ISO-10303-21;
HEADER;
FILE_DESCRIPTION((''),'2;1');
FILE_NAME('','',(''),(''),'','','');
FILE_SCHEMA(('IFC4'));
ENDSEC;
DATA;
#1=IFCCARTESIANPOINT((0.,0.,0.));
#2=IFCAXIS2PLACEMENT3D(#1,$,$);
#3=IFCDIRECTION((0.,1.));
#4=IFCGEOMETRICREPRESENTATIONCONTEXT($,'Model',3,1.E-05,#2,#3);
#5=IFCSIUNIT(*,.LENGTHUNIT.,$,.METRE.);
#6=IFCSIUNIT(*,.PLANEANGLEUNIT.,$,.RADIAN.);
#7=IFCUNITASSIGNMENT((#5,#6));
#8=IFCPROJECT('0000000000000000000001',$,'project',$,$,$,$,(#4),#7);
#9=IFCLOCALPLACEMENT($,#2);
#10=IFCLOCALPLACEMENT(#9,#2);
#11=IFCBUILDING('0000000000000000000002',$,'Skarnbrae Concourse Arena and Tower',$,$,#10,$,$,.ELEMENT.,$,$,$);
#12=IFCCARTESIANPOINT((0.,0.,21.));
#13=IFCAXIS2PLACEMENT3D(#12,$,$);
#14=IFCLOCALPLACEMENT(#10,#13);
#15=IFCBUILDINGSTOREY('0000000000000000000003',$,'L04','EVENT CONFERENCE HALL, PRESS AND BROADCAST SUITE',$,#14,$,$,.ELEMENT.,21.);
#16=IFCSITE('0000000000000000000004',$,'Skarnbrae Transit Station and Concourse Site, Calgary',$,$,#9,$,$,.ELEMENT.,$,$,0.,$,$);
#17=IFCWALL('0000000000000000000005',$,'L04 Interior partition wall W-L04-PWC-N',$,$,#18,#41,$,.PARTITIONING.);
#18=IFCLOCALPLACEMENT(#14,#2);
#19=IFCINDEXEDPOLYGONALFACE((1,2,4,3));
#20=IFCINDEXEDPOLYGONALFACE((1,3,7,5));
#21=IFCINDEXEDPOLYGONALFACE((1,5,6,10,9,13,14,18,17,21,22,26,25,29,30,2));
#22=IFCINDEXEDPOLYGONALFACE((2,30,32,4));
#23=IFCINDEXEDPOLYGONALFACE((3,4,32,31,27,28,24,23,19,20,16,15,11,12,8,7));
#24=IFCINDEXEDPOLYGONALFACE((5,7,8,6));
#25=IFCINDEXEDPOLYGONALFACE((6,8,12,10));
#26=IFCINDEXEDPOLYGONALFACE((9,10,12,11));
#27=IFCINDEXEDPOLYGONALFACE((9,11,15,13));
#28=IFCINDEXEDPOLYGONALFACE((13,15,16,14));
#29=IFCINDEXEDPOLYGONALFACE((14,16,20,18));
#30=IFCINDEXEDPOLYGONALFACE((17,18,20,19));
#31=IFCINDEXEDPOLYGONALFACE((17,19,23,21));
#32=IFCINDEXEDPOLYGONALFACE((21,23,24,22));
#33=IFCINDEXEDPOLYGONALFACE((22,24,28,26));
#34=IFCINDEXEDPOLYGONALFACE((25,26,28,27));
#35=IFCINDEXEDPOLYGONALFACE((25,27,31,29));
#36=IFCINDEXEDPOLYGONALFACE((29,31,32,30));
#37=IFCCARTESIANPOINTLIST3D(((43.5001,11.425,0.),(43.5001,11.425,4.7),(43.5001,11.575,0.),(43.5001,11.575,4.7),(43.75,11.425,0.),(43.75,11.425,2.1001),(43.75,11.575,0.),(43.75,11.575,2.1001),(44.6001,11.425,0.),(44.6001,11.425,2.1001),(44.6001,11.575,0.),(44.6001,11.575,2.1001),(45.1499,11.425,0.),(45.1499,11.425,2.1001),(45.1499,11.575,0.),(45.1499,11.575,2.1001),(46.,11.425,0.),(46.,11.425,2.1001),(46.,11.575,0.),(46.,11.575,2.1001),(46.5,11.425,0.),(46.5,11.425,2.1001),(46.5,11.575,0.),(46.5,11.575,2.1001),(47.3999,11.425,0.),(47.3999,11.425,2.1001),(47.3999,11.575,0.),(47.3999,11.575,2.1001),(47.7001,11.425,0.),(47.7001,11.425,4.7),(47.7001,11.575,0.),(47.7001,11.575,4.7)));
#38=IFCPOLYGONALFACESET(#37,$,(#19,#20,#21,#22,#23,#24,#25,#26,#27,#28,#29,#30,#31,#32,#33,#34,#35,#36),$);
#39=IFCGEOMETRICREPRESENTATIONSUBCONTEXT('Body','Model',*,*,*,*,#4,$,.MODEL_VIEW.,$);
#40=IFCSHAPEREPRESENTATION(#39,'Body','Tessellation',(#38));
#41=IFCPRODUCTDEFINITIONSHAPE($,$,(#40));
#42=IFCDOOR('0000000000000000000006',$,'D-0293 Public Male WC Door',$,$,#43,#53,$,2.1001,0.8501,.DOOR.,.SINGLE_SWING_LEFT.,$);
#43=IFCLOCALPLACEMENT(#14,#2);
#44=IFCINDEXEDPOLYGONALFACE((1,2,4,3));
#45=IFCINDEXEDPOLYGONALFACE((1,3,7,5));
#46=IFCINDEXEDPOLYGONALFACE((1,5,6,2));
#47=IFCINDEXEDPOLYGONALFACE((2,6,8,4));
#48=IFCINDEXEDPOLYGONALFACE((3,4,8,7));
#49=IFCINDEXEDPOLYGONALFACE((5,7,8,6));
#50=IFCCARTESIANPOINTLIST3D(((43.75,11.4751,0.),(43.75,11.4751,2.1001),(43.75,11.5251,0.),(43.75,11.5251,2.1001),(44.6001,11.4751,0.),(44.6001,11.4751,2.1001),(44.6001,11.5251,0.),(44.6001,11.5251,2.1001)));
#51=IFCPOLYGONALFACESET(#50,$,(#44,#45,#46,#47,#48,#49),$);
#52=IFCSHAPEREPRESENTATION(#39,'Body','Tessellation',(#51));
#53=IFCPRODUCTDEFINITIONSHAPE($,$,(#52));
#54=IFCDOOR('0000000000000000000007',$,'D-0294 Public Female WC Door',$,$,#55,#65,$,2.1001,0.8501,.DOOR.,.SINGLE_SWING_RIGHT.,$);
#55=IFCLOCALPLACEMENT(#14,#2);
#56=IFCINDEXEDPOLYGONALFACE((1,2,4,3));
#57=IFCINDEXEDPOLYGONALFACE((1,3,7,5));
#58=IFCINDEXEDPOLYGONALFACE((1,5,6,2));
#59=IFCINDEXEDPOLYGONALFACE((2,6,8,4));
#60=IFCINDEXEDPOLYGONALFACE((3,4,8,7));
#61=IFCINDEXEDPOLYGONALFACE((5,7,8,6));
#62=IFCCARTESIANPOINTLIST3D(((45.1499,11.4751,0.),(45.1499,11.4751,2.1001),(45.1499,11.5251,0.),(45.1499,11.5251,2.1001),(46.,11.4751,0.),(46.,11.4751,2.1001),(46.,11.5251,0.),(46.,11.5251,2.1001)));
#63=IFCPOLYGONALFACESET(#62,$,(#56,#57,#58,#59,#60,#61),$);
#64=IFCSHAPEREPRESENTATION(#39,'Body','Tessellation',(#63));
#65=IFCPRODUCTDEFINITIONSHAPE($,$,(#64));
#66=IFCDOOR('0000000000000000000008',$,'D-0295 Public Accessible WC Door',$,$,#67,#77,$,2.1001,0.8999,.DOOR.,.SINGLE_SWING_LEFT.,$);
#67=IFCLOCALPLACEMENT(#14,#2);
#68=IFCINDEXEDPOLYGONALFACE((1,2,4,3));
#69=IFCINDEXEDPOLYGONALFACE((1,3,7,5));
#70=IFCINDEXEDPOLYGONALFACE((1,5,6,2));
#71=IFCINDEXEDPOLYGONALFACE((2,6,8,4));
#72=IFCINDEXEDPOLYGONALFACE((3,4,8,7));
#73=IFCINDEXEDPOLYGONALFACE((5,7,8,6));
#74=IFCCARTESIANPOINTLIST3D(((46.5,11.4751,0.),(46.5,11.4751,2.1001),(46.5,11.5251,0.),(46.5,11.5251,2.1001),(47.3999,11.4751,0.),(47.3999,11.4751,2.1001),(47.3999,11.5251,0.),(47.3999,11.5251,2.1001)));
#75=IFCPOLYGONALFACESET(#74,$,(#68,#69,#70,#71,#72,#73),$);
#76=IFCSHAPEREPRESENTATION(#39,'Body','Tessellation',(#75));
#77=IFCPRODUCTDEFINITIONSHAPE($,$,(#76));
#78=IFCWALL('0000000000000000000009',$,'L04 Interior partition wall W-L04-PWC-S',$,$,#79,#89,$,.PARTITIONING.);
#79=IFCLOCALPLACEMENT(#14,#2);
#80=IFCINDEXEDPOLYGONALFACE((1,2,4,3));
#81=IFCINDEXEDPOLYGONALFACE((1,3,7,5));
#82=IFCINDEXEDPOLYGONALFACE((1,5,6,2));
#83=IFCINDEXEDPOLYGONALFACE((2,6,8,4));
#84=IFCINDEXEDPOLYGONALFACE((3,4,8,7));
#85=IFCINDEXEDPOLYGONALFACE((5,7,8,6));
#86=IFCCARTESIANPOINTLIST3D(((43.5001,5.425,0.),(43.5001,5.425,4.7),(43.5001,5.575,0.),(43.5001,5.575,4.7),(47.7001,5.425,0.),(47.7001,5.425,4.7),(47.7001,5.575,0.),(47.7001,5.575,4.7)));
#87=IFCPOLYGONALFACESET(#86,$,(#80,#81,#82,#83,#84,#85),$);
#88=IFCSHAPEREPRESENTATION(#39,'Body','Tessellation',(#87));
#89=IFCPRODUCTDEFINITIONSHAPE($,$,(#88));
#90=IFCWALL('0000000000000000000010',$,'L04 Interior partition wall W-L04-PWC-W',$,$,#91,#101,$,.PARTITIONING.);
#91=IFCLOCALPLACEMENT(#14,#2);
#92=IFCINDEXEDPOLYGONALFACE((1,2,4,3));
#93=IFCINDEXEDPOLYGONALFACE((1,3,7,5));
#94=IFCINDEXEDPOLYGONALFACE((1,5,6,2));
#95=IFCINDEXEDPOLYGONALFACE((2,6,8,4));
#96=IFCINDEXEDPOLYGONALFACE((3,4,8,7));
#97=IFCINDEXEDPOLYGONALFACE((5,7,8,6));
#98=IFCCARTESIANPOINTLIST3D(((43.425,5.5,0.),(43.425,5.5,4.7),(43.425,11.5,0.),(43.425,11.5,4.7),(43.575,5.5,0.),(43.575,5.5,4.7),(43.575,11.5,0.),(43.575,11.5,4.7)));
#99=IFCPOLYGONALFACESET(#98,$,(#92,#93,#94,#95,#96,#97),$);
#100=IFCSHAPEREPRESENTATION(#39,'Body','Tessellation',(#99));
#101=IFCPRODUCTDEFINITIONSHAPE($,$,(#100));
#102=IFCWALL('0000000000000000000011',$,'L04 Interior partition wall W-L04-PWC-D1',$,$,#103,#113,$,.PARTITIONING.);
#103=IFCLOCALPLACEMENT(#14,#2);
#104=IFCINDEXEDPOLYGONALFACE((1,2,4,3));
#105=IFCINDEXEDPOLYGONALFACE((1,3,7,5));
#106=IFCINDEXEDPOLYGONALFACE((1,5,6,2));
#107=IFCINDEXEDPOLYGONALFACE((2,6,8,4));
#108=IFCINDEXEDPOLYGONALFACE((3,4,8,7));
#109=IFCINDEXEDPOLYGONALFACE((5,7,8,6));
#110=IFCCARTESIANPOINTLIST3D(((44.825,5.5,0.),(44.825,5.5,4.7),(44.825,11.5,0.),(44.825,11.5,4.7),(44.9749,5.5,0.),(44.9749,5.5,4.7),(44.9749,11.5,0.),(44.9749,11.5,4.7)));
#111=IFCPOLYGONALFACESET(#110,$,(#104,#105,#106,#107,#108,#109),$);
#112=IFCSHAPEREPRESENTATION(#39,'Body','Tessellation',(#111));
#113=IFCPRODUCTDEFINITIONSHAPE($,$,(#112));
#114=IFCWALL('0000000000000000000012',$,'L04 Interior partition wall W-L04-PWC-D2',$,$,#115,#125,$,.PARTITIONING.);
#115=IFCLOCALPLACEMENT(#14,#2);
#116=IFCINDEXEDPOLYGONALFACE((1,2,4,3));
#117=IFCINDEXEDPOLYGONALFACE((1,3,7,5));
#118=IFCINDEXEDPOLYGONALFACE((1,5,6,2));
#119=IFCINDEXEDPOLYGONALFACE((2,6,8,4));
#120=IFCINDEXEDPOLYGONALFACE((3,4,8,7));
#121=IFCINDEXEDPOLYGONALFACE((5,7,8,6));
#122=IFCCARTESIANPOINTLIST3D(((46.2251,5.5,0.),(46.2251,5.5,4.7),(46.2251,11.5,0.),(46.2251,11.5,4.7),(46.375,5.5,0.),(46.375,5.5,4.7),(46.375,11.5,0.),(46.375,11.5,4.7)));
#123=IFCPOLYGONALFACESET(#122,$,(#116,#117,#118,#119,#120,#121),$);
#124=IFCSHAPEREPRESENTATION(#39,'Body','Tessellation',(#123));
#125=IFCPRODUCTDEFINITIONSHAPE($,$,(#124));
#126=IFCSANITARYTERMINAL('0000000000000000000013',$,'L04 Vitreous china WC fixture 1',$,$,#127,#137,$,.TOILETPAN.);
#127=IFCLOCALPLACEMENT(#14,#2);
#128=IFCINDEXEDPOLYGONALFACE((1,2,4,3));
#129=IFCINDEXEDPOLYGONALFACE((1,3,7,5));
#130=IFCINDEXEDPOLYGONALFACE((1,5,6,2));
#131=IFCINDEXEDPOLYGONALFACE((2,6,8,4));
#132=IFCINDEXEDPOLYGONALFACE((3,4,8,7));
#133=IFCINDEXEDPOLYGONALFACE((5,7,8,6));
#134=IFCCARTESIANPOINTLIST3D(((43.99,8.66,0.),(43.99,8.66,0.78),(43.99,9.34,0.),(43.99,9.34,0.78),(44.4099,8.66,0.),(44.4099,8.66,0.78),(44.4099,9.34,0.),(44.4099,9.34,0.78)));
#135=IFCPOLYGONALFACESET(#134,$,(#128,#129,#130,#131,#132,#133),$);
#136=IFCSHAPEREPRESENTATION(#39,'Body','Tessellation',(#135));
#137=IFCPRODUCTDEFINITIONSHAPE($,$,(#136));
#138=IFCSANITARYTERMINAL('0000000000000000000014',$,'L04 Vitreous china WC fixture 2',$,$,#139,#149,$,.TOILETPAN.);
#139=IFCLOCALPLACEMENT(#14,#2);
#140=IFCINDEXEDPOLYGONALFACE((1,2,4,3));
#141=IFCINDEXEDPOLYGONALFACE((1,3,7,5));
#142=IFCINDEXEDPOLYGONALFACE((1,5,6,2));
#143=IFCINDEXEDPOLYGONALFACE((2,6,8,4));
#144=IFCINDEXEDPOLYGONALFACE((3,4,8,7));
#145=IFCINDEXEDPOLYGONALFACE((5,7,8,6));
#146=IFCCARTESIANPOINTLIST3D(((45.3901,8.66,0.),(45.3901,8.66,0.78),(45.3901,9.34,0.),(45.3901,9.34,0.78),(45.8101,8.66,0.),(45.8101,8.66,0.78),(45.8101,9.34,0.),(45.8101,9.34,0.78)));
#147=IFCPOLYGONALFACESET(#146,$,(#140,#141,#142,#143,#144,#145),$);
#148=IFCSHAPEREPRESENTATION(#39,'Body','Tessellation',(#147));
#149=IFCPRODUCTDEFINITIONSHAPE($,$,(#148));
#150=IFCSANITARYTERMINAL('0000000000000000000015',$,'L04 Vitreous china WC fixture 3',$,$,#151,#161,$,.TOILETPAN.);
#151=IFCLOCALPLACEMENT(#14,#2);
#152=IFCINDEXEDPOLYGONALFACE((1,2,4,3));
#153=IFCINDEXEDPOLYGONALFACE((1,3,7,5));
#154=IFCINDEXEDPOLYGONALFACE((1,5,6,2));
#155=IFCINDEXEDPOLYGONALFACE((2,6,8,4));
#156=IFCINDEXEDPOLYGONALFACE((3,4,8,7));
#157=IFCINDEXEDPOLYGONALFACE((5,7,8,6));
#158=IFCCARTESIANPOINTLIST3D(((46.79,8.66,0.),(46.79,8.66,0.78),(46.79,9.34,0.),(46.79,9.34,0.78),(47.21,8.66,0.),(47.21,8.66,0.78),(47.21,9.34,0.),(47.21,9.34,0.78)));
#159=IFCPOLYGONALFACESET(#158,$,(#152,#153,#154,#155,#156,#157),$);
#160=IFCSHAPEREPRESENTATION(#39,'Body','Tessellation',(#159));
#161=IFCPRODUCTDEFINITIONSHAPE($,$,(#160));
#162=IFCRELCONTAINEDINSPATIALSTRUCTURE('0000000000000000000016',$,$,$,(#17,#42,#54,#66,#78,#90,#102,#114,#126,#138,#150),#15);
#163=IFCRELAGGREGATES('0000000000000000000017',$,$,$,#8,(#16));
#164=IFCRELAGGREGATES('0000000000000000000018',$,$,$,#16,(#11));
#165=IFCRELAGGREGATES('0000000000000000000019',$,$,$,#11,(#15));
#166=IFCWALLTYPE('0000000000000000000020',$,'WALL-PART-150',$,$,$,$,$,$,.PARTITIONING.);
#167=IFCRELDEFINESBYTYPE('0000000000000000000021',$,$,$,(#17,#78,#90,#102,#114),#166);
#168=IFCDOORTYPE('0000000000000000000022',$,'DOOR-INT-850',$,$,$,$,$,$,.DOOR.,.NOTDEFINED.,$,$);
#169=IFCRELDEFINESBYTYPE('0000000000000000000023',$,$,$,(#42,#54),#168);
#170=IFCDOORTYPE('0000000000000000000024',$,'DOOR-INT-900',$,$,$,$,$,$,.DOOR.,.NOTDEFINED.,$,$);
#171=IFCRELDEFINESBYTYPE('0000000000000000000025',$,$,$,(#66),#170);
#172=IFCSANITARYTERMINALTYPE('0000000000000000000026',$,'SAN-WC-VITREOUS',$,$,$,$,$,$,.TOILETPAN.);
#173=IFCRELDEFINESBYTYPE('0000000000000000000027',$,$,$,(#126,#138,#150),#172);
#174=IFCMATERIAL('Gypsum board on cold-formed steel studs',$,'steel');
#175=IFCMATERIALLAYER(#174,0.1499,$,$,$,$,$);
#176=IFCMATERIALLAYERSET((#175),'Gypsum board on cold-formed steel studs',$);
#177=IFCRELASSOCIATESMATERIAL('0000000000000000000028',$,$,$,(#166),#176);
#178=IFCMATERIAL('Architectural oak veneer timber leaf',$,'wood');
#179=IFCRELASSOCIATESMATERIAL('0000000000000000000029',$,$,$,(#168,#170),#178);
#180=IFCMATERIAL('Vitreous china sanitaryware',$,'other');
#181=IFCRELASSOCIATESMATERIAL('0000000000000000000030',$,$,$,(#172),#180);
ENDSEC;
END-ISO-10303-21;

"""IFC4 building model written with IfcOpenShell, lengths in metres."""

from ifc_helpers import new_model, si_unit, direction, frame, frame_2d, origin, origin_2d, place, context, subcontext, project, spatial, rectangle, extrude, source, transform, mapped, material, layer, layer_set, type_object, element, fill, save


model = new_model("IFC4")

# Units and contexts
model_context = context("Model", 3, precision=1e-05, world=origin(), true_north=direction((0.0, 1.0)))
body_context = subcontext(model_context, "Body", "Model", "MODEL_VIEW")
ifc_project = project(units=[si_unit("LENGTHUNIT", "METRE"), si_unit("PLANEANGLEUNIT", "RADIAN")], contexts=[model_context])

# Site, building, storey
site_placement = place(None, origin())
site = spatial("IfcSite", under=ifc_project, at=site_placement, Name="Skarnbrae Transit Station and Concourse Site, Calgary", CompositionType="ELEMENT", RefElevation=0.0)
building_placement = place(site_placement, origin())
building = spatial("IfcBuilding", under=site, at=building_placement, Name="Skarnbrae Concourse Arena and Tower", CompositionType="ELEMENT")
storey_placement = place(building_placement, frame((0.0, 0.0, 21.0)))
storey = spatial("IfcBuildingStorey", under=building, at=storey_placement, Name="L04", Description="EVENT CONFERENCE HALL, PRESS AND BROADCAST SUITE", CompositionType="ELEMENT", Elevation=21.0)

# Shared definitions
ifc_material_1 = material(Name="Gypsum board on cold-formed steel studs", Category="steel")
ifc_layer_1 = layer(ifc_material_1, 0.1499)
ifc_layer_set_1 = layer_set([ifc_layer_1], Name="Gypsum board on cold-formed steel studs")
wall_type_1 = type_object("IfcWallType", Name="WALL-PART-150", PredefinedType="PARTITIONING", material=ifc_layer_set_1)

# Wall, openings, doors
shared_shape_1 = source(origin(), body_context, "Body", "SweptSolid", [
    extrude(rectangle(XDim=4.2, YDim=0.1499, at=frame_2d((2.1001, 0.0))), origin(), (0.0, 0.0, 1.0), 4.7),
])
wall_1_placement = place(storey_placement, frame((43.5, 11.5, 0.0), z_axis=(0.0, 0.0, 1.0), x_axis=(1.0, 0.0, 0.0)))
wall_1 = element("IfcWall", 1, at=wall_1_placement, inside=storey, type_object=wall_type_1, Name="L04 Interior partition wall W-L04-PWC-N", PredefinedType="PARTITIONING", context=body_context, shape_type="MappedRepresentation", body=[
    mapped(shared_shape_1, transform((0.0, 0.0, 0.0))),
])
opening_1_placement = place(wall_1_placement, frame((0.25, 0.0, 0.0)))
opening_1 = element("IfcOpeningElement", 2, at=opening_1_placement, cuts=wall_1, PredefinedType="OPENING", context=body_context, shape_type="SweptSolid", body=[
    extrude(rectangle(XDim=0.8501, YDim=2.1001, at=frame_2d((0.425, 1.05))), frame((0.0, 0.085, 0.0), z_axis=(0.0, -1.0, 0.0), x_axis=(1.0, 0.0, 0.0)), (0.0, 0.0, 1.0), 0.1699),
])
opening_2_placement = place(wall_1_placement, frame((1.6499, 0.0, 0.0)))
opening_2 = element("IfcOpeningElement", 3, at=opening_2_placement, cuts=wall_1, PredefinedType="OPENING", context=body_context, shape_type="SweptSolid", body=[
    extrude(rectangle(XDim=0.8501, YDim=2.1001, at=frame_2d((0.425, 1.05))), frame((0.0, 0.085, 0.0), z_axis=(0.0, -1.0, 0.0), x_axis=(1.0, 0.0, 0.0)), (0.0, 0.0, 1.0), 0.1699),
])
opening_3_placement = place(wall_1_placement, frame((3.0, 0.0, 0.0)))
opening_3 = element("IfcOpeningElement", 4, at=opening_3_placement, cuts=wall_1, PredefinedType="OPENING", context=body_context, shape_type="SweptSolid", body=[
    extrude(rectangle(XDim=0.8999, YDim=2.1001, at=frame_2d((0.45, 1.05))), frame((0.0, 0.085, 0.0), z_axis=(0.0, -1.0, 0.0), x_axis=(1.0, 0.0, 0.0)), (0.0, 0.0, 1.0), 0.1699),
])
ifc_material_2 = material(Name="Architectural oak veneer timber leaf", Category="wood")
door_type_1 = type_object("IfcDoorType", Name="DOOR-INT-850", OperationType="NOTDEFINED", PredefinedType="DOOR", material=ifc_material_2)
shared_shape_2 = source(origin(), body_context, "Body", "SweptSolid", [
    extrude(rectangle(XDim=0.8501, YDim=2.1001, at=frame_2d((0.425, 1.05))), frame((0.0, 0.0249, 0.0), z_axis=(0.0, -1.0, 0.0), x_axis=(1.0, 0.0, 0.0)), (0.0, 0.0, 1.0), 0.05),
])
door_1_placement = place(opening_1_placement, frame((0.8501, 0.0, 0.0), z_axis=(0.0, 0.0, 1.0), x_axis=(-1.0, 0.0, 0.0)))
door_1 = element("IfcDoor", 5, at=door_1_placement, inside=storey, type_object=door_type_1, Name="D-0293 Public Male WC Door", OperationType="SINGLE_SWING_LEFT", OverallHeight=2.1001, OverallWidth=0.8501, PredefinedType="DOOR", context=body_context, shape_type="MappedRepresentation", body=[
    mapped(shared_shape_2, transform((0.0, 0.0, 0.0))),
])
fill(opening_1, door_1)
door_2_placement = place(opening_2_placement, frame((0.8501, 0.0, 0.0), z_axis=(0.0, 0.0, 1.0), x_axis=(-1.0, 0.0, 0.0)))
door_2 = element("IfcDoor", 6, at=door_2_placement, inside=storey, type_object=door_type_1, Name="D-0294 Public Female WC Door", OperationType="SINGLE_SWING_RIGHT", OverallHeight=2.1001, OverallWidth=0.8501, PredefinedType="DOOR", context=body_context, shape_type="MappedRepresentation", body=[
    mapped(shared_shape_2, transform((0.0, 0.0, 0.0))),
])
fill(opening_2, door_2)
door_type_2 = type_object("IfcDoorType", Name="DOOR-INT-900", OperationType="NOTDEFINED", PredefinedType="DOOR", material=ifc_material_2)
shared_shape_3 = source(origin(), body_context, "Body", "SweptSolid", [
    extrude(rectangle(XDim=0.8999, YDim=2.1001, at=frame_2d((0.45, 1.05))), frame((0.0, 0.0249, 0.0), z_axis=(0.0, -1.0, 0.0), x_axis=(1.0, 0.0, 0.0)), (0.0, 0.0, 1.0), 0.05),
])
door_3_placement = place(opening_3_placement, frame((0.8999, 0.0, 0.0), z_axis=(0.0, 0.0, 1.0), x_axis=(-1.0, 0.0, 0.0)))
door_3 = element("IfcDoor", 7, at=door_3_placement, inside=storey, type_object=door_type_2, Name="D-0295 Public Accessible WC Door", OperationType="SINGLE_SWING_LEFT", OverallHeight=2.1001, OverallWidth=0.8999, PredefinedType="DOOR", context=body_context, shape_type="MappedRepresentation", body=[
    mapped(shared_shape_3, transform((0.0, 0.0, 0.0))),
])
fill(opening_3, door_3)

# Walls
wall_2_placement = place(storey_placement, frame((43.5, 5.5, 0.0), z_axis=(0.0, 0.0, 1.0), x_axis=(1.0, 0.0, 0.0)))
element("IfcWall", 8, at=wall_2_placement, inside=storey, type_object=wall_type_1, Name="L04 Interior partition wall W-L04-PWC-S", PredefinedType="PARTITIONING", context=body_context, shape_type="MappedRepresentation", body=[
    mapped(shared_shape_1, transform((0.0, 0.0, 0.0))),
])
shared_shape_4 = source(origin(), body_context, "Body", "SweptSolid", [
    extrude(rectangle(XDim=6.0, YDim=0.1499, at=frame_2d((3.0, 0.0))), origin(), (0.0, 0.0, 1.0), 4.7),
])
for number, where, z_axis, x_axis, name in (
    (9, (43.5, 5.5, 0.0), (0.0, 0.0, 1.0), (0.0, 1.0, 0.0), "L04 Interior partition wall W-L04-PWC-W"),
    (10, (44.8999, 5.5, 0.0), (0.0, 0.0, 1.0), (0.0, 1.0, 0.0), "L04 Interior partition wall W-L04-PWC-D1"),
    (11, (46.3, 5.5, 0.0), (0.0, 0.0, 1.0), (0.0, 1.0, 0.0), "L04 Interior partition wall W-L04-PWC-D2"),
):
    element("IfcWall", number, at=place(storey_placement, frame(where, z_axis=z_axis, x_axis=x_axis)), inside=storey, type_object=wall_type_1, Name=name, PredefinedType="PARTITIONING", context=body_context, shape_type="MappedRepresentation", body=[
        mapped(shared_shape_4, transform((0.0, 0.0, 0.0))),
    ])

# Sanitary terminals
ifc_material_3 = material(Name="Vitreous china sanitaryware", Category="other")
sanitary_terminal_type = type_object("IfcSanitaryTerminalType", Name="SAN-WC-VITREOUS", PredefinedType="TOILETPAN", material=ifc_material_3)
shared_shape_5 = source(origin(), body_context, "Body", "SweptSolid", [
    extrude(rectangle(XDim=0.4199, YDim=0.6799, at=origin_2d()), origin(), (0.0, 0.0, 1.0), 0.78),
])
for number, where, z_axis, x_axis, name in (
    (12, (44.2, 9.0, 0.0), (0.0, 0.0, 1.0), (1.0, 0.0, 0.0), "L04 Vitreous china WC fixture 1"),
    (13, (45.6001, 9.0, 0.0), (0.0, 0.0, 1.0), (1.0, 0.0, 0.0), "L04 Vitreous china WC fixture 2"),
    (14, (47.0, 9.0, 0.0), (0.0, 0.0, 1.0), (1.0, 0.0, 0.0), "L04 Vitreous china WC fixture 3"),
):
    element("IfcSanitaryTerminal", number, at=place(storey_placement, frame(where, z_axis=z_axis, x_axis=x_axis)), inside=storey, type_object=sanitary_terminal_type, Name=name, PredefinedType="TOILETPAN", context=body_context, shape_type="MappedRepresentation", body=[
        mapped(shared_shape_5, transform((0.0, 0.0, 0.0))),
    ])

save(model, "model.ifc")
